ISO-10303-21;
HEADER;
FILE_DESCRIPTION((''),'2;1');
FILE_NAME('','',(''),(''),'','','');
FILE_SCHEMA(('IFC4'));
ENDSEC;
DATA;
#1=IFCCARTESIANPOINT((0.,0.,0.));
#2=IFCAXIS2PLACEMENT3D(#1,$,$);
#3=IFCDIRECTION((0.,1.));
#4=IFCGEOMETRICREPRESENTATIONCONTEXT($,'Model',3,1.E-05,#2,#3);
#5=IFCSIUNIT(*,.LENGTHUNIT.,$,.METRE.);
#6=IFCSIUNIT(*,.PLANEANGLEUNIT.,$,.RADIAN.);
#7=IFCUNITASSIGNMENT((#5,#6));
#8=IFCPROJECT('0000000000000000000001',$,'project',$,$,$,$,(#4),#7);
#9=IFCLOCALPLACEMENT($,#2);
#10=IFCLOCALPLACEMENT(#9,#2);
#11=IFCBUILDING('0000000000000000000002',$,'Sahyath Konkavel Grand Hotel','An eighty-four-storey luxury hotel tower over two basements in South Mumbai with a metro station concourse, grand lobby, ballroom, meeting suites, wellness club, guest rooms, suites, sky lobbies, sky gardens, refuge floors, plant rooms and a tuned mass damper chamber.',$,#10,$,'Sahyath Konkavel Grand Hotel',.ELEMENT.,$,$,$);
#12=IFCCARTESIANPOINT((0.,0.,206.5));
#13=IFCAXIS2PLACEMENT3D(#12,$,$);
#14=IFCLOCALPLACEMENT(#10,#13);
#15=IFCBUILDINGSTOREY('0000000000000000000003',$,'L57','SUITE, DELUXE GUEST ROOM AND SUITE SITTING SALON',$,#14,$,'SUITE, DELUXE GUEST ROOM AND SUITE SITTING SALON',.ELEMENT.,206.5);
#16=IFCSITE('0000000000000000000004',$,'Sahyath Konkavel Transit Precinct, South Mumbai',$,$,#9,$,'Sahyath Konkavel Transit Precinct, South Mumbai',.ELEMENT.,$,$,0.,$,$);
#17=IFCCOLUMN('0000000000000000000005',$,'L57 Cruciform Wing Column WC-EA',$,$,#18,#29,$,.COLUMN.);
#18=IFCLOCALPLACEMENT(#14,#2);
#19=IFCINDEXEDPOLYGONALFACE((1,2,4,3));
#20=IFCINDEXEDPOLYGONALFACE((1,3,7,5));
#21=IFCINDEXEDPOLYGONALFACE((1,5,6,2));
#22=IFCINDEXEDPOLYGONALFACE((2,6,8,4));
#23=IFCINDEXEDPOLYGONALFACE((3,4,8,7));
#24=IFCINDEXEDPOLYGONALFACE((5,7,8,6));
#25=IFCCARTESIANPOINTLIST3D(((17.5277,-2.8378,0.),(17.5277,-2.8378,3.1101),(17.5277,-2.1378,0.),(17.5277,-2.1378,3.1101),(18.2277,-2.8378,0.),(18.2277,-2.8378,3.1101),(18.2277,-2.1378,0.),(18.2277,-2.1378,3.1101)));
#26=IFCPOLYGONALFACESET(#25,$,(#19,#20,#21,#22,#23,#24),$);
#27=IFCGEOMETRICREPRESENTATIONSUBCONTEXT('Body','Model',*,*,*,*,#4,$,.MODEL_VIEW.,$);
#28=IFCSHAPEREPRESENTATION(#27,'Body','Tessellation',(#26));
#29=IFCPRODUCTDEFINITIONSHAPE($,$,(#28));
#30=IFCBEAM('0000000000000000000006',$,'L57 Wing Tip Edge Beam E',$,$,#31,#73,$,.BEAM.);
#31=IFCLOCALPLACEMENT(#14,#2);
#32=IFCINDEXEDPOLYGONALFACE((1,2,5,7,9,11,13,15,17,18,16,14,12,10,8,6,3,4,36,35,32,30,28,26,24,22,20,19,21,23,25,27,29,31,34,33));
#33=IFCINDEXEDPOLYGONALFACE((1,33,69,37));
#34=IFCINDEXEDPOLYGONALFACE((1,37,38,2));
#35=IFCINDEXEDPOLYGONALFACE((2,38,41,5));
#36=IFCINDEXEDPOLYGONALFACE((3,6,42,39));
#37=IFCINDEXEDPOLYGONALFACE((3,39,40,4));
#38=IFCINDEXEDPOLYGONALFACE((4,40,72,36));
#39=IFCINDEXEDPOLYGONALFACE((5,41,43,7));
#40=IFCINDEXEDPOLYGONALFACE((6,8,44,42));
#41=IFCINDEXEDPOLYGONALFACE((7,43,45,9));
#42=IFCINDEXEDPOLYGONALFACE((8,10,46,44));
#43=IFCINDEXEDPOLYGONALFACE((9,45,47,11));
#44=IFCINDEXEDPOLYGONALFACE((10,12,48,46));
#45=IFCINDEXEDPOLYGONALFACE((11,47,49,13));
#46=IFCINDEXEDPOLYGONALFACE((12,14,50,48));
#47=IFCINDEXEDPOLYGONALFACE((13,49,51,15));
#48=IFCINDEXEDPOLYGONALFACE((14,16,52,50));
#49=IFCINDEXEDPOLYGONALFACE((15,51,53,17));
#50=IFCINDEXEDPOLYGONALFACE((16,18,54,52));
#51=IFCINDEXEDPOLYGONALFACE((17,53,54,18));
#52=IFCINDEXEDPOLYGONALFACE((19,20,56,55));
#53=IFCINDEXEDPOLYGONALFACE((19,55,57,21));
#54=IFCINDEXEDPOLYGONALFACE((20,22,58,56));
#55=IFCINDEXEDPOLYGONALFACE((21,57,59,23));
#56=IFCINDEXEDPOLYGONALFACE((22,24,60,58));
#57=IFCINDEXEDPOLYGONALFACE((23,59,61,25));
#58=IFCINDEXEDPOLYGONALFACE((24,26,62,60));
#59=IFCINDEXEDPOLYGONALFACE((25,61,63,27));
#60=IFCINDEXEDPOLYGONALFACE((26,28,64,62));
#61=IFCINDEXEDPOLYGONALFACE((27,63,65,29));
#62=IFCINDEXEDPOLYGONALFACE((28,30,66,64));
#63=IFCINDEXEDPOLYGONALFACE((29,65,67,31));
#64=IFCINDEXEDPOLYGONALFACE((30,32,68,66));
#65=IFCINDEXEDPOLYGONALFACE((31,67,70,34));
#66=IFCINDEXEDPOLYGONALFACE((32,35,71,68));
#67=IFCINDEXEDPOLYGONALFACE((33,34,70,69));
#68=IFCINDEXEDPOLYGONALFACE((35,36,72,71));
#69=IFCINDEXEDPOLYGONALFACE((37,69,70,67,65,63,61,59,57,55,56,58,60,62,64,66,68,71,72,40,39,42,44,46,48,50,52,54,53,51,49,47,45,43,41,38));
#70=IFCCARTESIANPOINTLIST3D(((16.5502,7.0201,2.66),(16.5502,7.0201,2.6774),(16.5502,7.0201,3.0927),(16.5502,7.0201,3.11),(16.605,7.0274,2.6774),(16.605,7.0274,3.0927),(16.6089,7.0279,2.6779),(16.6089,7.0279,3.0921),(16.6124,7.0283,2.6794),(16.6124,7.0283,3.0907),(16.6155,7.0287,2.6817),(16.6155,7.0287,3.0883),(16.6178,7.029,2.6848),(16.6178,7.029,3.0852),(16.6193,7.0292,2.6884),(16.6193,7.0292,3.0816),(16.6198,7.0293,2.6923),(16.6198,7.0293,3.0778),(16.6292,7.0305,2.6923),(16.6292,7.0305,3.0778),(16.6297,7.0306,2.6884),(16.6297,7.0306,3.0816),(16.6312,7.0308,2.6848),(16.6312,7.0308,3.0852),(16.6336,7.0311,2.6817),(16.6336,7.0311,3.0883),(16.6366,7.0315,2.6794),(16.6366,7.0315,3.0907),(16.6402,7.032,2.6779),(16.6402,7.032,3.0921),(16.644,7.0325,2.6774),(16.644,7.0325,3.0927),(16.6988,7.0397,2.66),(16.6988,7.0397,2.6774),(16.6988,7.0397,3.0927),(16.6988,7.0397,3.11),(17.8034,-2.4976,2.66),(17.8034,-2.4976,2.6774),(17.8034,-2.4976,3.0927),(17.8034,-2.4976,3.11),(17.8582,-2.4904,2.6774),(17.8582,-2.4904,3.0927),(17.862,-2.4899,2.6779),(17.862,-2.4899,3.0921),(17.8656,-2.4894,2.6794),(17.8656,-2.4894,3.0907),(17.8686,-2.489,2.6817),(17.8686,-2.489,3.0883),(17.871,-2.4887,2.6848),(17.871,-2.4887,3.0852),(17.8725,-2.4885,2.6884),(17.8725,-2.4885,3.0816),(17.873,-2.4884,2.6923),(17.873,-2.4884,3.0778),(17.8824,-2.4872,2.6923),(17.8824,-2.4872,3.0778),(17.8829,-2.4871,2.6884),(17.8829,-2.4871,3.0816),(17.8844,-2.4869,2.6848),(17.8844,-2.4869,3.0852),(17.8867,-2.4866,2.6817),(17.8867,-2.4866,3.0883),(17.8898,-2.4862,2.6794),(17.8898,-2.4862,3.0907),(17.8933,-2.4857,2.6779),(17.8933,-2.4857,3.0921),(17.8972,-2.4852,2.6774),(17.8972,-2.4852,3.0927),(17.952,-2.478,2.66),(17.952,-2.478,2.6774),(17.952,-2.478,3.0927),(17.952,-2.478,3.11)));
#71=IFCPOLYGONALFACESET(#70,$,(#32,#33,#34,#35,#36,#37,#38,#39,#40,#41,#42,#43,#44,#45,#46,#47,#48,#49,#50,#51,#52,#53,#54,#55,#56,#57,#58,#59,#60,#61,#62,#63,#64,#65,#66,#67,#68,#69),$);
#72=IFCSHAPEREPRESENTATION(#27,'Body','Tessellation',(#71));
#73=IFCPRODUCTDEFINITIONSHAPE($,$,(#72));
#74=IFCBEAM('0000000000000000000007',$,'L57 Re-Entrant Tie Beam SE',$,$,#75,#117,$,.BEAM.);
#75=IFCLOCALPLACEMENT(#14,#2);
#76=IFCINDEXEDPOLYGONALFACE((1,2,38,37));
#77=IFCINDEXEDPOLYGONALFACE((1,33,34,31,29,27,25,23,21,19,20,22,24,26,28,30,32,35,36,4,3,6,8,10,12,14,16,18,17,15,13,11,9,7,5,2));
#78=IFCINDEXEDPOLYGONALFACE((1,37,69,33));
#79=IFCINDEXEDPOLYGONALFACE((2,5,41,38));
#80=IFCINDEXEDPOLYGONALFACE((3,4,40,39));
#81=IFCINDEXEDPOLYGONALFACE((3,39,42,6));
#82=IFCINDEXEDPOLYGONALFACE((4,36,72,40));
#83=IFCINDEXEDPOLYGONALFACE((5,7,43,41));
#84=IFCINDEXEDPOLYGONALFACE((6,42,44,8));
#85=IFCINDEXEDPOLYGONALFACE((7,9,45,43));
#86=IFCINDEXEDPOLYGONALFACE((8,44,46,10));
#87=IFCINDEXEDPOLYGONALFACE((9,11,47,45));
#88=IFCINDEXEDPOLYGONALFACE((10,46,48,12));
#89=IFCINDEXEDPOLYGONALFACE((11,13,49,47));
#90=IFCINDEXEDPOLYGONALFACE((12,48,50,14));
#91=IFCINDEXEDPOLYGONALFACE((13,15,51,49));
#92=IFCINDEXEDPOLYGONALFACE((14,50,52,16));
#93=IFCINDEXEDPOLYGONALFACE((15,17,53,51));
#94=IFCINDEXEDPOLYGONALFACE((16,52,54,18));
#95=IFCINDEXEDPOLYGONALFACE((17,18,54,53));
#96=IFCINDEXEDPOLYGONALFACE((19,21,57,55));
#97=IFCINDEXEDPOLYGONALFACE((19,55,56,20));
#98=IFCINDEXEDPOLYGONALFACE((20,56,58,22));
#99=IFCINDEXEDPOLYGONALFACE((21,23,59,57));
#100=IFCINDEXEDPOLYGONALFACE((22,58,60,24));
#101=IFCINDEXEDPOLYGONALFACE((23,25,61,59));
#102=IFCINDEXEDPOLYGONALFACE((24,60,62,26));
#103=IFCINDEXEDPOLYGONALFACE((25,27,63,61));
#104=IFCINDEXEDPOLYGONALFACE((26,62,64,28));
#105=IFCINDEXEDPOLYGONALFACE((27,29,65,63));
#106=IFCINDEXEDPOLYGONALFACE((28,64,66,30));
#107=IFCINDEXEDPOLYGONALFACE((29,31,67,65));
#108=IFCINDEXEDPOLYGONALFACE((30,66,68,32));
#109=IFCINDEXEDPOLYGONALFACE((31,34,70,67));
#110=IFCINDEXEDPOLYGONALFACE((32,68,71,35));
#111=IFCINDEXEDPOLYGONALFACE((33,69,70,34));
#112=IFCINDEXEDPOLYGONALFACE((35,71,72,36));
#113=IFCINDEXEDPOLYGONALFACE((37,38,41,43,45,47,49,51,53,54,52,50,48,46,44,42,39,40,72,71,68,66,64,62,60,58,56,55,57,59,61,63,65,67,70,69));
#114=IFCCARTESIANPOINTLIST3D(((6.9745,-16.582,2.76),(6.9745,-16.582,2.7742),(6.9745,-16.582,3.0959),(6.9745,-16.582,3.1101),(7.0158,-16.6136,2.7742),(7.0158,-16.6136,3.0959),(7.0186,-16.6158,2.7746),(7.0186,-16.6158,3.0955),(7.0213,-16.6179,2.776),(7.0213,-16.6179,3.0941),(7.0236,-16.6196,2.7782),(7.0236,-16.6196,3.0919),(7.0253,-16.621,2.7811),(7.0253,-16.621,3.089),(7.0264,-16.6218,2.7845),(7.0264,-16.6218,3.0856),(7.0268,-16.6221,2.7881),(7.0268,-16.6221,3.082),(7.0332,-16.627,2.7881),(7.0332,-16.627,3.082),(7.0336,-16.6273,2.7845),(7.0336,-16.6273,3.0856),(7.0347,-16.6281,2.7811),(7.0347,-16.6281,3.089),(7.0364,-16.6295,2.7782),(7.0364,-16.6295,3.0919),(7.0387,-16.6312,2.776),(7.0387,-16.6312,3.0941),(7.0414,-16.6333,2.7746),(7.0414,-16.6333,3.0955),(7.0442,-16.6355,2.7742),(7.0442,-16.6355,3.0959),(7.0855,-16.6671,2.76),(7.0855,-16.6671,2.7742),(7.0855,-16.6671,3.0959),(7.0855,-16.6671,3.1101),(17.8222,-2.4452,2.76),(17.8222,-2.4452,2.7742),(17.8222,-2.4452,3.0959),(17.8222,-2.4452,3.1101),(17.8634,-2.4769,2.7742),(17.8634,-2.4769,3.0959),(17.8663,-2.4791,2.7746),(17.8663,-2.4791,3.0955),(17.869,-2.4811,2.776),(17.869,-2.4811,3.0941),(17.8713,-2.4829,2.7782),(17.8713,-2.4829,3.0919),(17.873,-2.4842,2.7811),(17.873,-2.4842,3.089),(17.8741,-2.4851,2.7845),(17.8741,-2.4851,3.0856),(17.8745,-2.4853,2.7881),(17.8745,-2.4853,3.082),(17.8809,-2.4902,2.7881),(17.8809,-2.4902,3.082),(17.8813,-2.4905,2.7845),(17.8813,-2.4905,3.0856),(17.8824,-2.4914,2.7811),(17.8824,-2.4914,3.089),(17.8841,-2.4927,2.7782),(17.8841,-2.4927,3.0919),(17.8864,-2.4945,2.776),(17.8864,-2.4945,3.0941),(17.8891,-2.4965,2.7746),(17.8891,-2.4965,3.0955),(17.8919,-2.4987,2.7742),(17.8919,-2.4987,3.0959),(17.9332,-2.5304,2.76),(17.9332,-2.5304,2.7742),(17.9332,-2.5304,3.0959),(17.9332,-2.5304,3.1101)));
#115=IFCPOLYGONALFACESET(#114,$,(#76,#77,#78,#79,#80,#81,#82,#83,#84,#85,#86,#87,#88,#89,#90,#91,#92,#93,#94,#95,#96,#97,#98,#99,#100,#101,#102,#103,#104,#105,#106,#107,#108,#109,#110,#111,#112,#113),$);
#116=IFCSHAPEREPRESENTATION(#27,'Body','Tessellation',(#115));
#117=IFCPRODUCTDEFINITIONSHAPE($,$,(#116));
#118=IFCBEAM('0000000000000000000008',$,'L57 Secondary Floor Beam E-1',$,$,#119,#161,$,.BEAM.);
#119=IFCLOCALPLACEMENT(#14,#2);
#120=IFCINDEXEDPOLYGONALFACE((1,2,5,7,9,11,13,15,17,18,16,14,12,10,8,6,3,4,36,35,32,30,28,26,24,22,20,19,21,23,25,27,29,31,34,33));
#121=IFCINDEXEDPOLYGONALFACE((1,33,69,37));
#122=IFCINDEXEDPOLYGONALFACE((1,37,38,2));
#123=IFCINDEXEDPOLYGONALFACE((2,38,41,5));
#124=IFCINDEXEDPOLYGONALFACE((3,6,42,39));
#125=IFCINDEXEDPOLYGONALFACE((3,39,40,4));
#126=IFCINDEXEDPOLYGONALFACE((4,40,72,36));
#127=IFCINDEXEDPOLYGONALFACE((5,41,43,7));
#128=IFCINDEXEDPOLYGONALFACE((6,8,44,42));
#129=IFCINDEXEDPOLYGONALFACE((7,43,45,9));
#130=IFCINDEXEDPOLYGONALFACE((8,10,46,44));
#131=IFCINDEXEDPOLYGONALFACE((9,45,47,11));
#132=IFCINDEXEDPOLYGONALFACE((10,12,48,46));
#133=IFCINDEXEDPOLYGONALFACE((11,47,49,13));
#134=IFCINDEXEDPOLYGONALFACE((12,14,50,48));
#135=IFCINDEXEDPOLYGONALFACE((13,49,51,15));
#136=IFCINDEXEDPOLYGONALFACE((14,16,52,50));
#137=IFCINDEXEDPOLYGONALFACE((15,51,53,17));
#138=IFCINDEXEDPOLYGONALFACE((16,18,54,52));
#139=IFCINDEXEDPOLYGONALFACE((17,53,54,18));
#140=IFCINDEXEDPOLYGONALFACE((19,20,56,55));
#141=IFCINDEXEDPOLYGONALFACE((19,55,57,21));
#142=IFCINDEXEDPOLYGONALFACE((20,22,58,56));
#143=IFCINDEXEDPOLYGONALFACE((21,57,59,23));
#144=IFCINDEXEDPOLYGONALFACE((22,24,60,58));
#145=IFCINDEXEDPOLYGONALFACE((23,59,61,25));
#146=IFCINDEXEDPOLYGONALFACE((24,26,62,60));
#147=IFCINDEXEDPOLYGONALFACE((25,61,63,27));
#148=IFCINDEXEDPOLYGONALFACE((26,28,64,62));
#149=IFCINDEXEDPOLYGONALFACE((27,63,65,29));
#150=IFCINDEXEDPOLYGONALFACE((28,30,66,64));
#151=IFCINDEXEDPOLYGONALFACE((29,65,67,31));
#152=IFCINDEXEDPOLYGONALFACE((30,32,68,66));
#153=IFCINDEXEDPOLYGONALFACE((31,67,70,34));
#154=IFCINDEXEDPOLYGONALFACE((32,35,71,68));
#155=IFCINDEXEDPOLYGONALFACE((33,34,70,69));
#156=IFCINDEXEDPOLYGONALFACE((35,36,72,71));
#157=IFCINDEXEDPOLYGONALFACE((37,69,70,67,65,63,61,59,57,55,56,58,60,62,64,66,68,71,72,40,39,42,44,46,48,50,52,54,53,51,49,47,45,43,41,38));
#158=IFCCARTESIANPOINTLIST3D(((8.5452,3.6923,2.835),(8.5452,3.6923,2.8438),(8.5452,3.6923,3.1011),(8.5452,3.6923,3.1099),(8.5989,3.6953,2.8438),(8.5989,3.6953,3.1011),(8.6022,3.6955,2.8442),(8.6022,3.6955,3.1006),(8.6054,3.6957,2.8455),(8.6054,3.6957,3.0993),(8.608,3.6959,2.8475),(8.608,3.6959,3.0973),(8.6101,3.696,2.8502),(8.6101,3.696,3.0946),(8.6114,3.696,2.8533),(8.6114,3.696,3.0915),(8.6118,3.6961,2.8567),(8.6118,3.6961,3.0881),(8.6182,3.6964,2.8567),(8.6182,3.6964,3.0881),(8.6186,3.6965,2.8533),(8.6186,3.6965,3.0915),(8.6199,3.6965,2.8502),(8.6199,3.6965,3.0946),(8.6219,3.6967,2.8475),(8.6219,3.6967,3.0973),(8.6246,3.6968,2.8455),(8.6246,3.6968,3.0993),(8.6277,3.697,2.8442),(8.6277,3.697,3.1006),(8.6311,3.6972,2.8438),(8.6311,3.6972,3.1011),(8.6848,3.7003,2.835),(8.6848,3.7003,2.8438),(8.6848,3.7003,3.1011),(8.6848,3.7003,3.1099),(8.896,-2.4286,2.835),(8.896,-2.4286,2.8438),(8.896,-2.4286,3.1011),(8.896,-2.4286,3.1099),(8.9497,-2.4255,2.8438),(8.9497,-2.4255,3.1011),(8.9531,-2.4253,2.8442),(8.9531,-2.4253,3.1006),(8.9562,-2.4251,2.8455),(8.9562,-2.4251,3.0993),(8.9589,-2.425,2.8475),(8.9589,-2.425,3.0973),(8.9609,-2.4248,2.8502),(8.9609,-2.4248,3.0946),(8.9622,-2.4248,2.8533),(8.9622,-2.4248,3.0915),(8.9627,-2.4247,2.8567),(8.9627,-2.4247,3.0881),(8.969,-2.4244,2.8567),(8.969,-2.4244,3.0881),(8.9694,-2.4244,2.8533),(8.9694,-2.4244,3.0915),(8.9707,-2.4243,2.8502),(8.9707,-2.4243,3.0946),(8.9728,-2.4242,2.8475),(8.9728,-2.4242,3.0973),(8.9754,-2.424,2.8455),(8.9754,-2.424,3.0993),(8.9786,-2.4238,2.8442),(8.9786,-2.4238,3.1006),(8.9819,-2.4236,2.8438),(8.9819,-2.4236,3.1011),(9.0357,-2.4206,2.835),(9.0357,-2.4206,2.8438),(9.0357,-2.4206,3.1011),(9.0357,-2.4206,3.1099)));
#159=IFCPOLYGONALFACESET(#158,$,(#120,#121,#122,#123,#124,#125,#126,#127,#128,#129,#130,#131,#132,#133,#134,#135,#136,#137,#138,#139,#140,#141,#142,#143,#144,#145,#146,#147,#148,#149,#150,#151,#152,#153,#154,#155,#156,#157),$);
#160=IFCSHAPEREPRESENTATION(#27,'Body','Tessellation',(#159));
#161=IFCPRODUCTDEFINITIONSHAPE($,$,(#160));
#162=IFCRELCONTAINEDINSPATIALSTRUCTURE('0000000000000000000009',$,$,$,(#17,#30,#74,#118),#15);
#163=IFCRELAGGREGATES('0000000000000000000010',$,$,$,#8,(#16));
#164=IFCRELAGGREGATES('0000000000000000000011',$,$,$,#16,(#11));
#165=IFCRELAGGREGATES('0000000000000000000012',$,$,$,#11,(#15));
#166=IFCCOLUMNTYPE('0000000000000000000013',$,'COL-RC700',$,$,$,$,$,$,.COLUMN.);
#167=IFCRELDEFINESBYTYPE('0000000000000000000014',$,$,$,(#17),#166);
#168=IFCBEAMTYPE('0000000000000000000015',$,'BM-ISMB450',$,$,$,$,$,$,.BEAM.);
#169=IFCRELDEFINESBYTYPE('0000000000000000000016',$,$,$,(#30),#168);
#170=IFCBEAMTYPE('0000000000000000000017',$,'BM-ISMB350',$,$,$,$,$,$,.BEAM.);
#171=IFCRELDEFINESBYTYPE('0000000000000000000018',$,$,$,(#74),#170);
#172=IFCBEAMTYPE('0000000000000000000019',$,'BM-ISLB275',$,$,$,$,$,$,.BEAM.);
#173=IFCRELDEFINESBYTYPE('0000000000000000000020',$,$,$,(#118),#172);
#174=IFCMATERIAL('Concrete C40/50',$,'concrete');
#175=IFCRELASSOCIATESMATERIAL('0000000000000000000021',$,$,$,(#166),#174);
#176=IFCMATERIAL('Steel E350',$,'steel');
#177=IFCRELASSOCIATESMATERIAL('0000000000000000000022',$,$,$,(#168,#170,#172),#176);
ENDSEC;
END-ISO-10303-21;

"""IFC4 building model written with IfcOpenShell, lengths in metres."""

from ifc_helpers import new_model, si_unit, direction, frame, origin, origin_2d, place, context, subcontext, project, spatial, rectangle, i_section, extrude, source, transform, mapped, material, material_profile, profile_set, type_object, element, save


model = new_model("IFC4")

# Units and contexts
model_context = context("Model", 3, precision=1e-05, world=origin(), true_north=direction((0.0, 1.0)))
body_context = subcontext(model_context, "Body", "Model", "MODEL_VIEW")
ifc_project = project(units=[si_unit("LENGTHUNIT", "METRE"), si_unit("PLANEANGLEUNIT", "RADIAN")], contexts=[model_context])

# Site, building, storey
site_placement = place(None, origin())
site = spatial("IfcSite", under=ifc_project, at=site_placement, Name="Sahyath Konkavel Transit Precinct, South Mumbai", LongName="Sahyath Konkavel Transit Precinct, South Mumbai", CompositionType="ELEMENT", RefElevation=0.0)
building_placement = place(site_placement, origin())
building = spatial("IfcBuilding", under=site, at=building_placement, Name="Sahyath Konkavel Grand Hotel", Description="An eighty-four-storey luxury hotel tower over two basements in South Mumbai with a metro station concourse, grand lobby, ballroom, meeting suites, wellness club, guest rooms, suites, sky lobbies, sky gardens, refuge floors, plant rooms and a tuned mass damper chamber.", LongName="Sahyath Konkavel Grand Hotel", CompositionType="ELEMENT")
storey_placement = place(building_placement, frame((0.0, 0.0, 206.5)))
storey = spatial("IfcBuildingStorey", under=building, at=storey_placement, Name="L57", Description="SUITE, DELUXE GUEST ROOM AND SUITE SITTING SALON", LongName="SUITE, DELUXE GUEST ROOM AND SUITE SITTING SALON", CompositionType="ELEMENT", Elevation=206.5)

# Column
ifc_material_1 = material(Name="Concrete C40/50", Category="concrete")
ifc_material_profile_1 = material_profile(ifc_material_1, rectangle(XDim=0.7, YDim=0.7, at=origin_2d()), Name="RC 700x700")
ifc_profile_set_1 = profile_set([ifc_material_profile_1], Name="Concrete C40/50")
column_type = type_object("IfcColumnType", Name="COL-RC700", PredefinedType="COLUMN", material=ifc_profile_set_1)
shared_shape_1 = source(origin(), body_context, "Body", "SweptSolid", [
    extrude(rectangle(XDim=0.7, YDim=0.7, at=origin_2d()), origin(), (0.0, 0.0, 1.0), 3.1101),
])
column_placement = place(storey_placement, frame((17.8777, -2.4878, 0.0), z_axis=(0.0, 0.0, 1.0), x_axis=(1.0, 0.0, 0.0)))
element("IfcColumn", 1, at=column_placement, inside=storey, type_object=column_type, Name="L57 Cruciform Wing Column WC-EA", PredefinedType="COLUMN", context=body_context, shape_type="MappedRepresentation", body=[
    mapped(shared_shape_1, transform((0.0, 0.0, 0.0), scale=1.0)),
])

# Beams
ifc_material_2 = material(Name="Steel E350", Category="steel")
ifc_material_profile_2 = material_profile(ifc_material_2, i_section(OverallWidth=0.1499, OverallDepth=0.45, WebThickness=0.0095, FlangeThickness=0.0173, FilletRadius=0.0149, at=origin_2d()), Name="ISMB 450")
ifc_profile_set_2 = profile_set([ifc_material_profile_2], Name="Steel E350")
beam_type_1 = type_object("IfcBeamType", Name="BM-ISMB450", PredefinedType="BEAM", material=ifc_profile_set_2)
shared_shape_2 = source(origin(), body_context, "Body", "SweptSolid", [
    extrude(i_section(OverallWidth=0.1499, OverallDepth=0.45, WebThickness=0.0095, FlangeThickness=0.0173, FilletRadius=0.0149, at=origin_2d()), origin(), (0.0, 0.0, 1.0), 9.5999),
])
beam_1_placement = place(storey_placement, frame((17.8777, -2.4878, 2.885), z_axis=(-0.130539, 0.991443, 0.0), x_axis=(-0.991443, -0.130539, 0.0)))
element("IfcBeam", 2, at=beam_1_placement, inside=storey, type_object=beam_type_1, Name="L57 Wing Tip Edge Beam E", PredefinedType="BEAM", context=body_context, shape_type="MappedRepresentation", body=[
    mapped(shared_shape_2, transform((0.0, 0.0, 0.0), scale=1.0)),
])
ifc_material_profile_3 = material_profile(ifc_material_2, i_section(OverallWidth=0.1399, OverallDepth=0.3501, WebThickness=0.0081, FlangeThickness=0.0142, FilletRadius=0.0139, at=origin_2d()), Name="ISMB 350")
ifc_profile_set_3 = profile_set([ifc_material_profile_3], Name="Steel E350")
beam_type_2 = type_object("IfcBeamType", Name="BM-ISMB350", PredefinedType="BEAM", material=ifc_profile_set_3)
shared_shape_3 = source(origin(), body_context, "Body", "SweptSolid", [
    extrude(i_section(OverallWidth=0.1399, OverallDepth=0.3501, WebThickness=0.0081, FlangeThickness=0.0142, FilletRadius=0.0139, at=origin_2d()), origin(), (0.0, 0.0, 1.0), 17.8191),
])
beam_2_placement = place(storey_placement, frame((17.8777, -2.4878, 2.9351), z_axis=(-0.608767, -0.793349, 0.0), x_axis=(0.793349, -0.608767, 0.0)))
element("IfcBeam", 3, at=beam_2_placement, inside=storey, type_object=beam_type_2, Name="L57 Re-Entrant Tie Beam SE", PredefinedType="BEAM", context=body_context, shape_type="MappedRepresentation", body=[
    mapped(shared_shape_3, transform((0.0, 0.0, 0.0), scale=1.0)),
])
ifc_material_profile_4 = material_profile(ifc_material_2, i_section(OverallWidth=0.1399, OverallDepth=0.2749, WebThickness=0.0063, FlangeThickness=0.0088, FilletRadius=0.0129, at=origin_2d()), Name="ISLB 275")
ifc_profile_set_4 = profile_set([ifc_material_profile_4], Name="Steel E350")
beam_type_3 = type_object("IfcBeamType", Name="BM-ISLB275", PredefinedType="BEAM", material=ifc_profile_set_4)
shared_shape_4 = source(origin(), body_context, "Body", "SweptSolid", [
    extrude(i_section(OverallWidth=0.1399, OverallDepth=0.2749, WebThickness=0.0063, FlangeThickness=0.0088, FilletRadius=0.0129, at=origin_2d()), origin(), (0.0, 0.0, 1.0), 6.1309),
])
beam_3_placement = place(storey_placement, frame((8.9658, -2.4246, 2.9724), z_axis=(-0.057223, 0.998361, 0.0), x_axis=(-0.998361, -0.057223, 0.0)))
element("IfcBeam", 4, at=beam_3_placement, inside=storey, type_object=beam_type_3, Name="L57 Secondary Floor Beam E-1", PredefinedType="BEAM", context=body_context, shape_type="MappedRepresentation", body=[
    mapped(shared_shape_4, transform((0.0, 0.0, 0.0), scale=1.0)),
])

save(model, "model.ifc")
